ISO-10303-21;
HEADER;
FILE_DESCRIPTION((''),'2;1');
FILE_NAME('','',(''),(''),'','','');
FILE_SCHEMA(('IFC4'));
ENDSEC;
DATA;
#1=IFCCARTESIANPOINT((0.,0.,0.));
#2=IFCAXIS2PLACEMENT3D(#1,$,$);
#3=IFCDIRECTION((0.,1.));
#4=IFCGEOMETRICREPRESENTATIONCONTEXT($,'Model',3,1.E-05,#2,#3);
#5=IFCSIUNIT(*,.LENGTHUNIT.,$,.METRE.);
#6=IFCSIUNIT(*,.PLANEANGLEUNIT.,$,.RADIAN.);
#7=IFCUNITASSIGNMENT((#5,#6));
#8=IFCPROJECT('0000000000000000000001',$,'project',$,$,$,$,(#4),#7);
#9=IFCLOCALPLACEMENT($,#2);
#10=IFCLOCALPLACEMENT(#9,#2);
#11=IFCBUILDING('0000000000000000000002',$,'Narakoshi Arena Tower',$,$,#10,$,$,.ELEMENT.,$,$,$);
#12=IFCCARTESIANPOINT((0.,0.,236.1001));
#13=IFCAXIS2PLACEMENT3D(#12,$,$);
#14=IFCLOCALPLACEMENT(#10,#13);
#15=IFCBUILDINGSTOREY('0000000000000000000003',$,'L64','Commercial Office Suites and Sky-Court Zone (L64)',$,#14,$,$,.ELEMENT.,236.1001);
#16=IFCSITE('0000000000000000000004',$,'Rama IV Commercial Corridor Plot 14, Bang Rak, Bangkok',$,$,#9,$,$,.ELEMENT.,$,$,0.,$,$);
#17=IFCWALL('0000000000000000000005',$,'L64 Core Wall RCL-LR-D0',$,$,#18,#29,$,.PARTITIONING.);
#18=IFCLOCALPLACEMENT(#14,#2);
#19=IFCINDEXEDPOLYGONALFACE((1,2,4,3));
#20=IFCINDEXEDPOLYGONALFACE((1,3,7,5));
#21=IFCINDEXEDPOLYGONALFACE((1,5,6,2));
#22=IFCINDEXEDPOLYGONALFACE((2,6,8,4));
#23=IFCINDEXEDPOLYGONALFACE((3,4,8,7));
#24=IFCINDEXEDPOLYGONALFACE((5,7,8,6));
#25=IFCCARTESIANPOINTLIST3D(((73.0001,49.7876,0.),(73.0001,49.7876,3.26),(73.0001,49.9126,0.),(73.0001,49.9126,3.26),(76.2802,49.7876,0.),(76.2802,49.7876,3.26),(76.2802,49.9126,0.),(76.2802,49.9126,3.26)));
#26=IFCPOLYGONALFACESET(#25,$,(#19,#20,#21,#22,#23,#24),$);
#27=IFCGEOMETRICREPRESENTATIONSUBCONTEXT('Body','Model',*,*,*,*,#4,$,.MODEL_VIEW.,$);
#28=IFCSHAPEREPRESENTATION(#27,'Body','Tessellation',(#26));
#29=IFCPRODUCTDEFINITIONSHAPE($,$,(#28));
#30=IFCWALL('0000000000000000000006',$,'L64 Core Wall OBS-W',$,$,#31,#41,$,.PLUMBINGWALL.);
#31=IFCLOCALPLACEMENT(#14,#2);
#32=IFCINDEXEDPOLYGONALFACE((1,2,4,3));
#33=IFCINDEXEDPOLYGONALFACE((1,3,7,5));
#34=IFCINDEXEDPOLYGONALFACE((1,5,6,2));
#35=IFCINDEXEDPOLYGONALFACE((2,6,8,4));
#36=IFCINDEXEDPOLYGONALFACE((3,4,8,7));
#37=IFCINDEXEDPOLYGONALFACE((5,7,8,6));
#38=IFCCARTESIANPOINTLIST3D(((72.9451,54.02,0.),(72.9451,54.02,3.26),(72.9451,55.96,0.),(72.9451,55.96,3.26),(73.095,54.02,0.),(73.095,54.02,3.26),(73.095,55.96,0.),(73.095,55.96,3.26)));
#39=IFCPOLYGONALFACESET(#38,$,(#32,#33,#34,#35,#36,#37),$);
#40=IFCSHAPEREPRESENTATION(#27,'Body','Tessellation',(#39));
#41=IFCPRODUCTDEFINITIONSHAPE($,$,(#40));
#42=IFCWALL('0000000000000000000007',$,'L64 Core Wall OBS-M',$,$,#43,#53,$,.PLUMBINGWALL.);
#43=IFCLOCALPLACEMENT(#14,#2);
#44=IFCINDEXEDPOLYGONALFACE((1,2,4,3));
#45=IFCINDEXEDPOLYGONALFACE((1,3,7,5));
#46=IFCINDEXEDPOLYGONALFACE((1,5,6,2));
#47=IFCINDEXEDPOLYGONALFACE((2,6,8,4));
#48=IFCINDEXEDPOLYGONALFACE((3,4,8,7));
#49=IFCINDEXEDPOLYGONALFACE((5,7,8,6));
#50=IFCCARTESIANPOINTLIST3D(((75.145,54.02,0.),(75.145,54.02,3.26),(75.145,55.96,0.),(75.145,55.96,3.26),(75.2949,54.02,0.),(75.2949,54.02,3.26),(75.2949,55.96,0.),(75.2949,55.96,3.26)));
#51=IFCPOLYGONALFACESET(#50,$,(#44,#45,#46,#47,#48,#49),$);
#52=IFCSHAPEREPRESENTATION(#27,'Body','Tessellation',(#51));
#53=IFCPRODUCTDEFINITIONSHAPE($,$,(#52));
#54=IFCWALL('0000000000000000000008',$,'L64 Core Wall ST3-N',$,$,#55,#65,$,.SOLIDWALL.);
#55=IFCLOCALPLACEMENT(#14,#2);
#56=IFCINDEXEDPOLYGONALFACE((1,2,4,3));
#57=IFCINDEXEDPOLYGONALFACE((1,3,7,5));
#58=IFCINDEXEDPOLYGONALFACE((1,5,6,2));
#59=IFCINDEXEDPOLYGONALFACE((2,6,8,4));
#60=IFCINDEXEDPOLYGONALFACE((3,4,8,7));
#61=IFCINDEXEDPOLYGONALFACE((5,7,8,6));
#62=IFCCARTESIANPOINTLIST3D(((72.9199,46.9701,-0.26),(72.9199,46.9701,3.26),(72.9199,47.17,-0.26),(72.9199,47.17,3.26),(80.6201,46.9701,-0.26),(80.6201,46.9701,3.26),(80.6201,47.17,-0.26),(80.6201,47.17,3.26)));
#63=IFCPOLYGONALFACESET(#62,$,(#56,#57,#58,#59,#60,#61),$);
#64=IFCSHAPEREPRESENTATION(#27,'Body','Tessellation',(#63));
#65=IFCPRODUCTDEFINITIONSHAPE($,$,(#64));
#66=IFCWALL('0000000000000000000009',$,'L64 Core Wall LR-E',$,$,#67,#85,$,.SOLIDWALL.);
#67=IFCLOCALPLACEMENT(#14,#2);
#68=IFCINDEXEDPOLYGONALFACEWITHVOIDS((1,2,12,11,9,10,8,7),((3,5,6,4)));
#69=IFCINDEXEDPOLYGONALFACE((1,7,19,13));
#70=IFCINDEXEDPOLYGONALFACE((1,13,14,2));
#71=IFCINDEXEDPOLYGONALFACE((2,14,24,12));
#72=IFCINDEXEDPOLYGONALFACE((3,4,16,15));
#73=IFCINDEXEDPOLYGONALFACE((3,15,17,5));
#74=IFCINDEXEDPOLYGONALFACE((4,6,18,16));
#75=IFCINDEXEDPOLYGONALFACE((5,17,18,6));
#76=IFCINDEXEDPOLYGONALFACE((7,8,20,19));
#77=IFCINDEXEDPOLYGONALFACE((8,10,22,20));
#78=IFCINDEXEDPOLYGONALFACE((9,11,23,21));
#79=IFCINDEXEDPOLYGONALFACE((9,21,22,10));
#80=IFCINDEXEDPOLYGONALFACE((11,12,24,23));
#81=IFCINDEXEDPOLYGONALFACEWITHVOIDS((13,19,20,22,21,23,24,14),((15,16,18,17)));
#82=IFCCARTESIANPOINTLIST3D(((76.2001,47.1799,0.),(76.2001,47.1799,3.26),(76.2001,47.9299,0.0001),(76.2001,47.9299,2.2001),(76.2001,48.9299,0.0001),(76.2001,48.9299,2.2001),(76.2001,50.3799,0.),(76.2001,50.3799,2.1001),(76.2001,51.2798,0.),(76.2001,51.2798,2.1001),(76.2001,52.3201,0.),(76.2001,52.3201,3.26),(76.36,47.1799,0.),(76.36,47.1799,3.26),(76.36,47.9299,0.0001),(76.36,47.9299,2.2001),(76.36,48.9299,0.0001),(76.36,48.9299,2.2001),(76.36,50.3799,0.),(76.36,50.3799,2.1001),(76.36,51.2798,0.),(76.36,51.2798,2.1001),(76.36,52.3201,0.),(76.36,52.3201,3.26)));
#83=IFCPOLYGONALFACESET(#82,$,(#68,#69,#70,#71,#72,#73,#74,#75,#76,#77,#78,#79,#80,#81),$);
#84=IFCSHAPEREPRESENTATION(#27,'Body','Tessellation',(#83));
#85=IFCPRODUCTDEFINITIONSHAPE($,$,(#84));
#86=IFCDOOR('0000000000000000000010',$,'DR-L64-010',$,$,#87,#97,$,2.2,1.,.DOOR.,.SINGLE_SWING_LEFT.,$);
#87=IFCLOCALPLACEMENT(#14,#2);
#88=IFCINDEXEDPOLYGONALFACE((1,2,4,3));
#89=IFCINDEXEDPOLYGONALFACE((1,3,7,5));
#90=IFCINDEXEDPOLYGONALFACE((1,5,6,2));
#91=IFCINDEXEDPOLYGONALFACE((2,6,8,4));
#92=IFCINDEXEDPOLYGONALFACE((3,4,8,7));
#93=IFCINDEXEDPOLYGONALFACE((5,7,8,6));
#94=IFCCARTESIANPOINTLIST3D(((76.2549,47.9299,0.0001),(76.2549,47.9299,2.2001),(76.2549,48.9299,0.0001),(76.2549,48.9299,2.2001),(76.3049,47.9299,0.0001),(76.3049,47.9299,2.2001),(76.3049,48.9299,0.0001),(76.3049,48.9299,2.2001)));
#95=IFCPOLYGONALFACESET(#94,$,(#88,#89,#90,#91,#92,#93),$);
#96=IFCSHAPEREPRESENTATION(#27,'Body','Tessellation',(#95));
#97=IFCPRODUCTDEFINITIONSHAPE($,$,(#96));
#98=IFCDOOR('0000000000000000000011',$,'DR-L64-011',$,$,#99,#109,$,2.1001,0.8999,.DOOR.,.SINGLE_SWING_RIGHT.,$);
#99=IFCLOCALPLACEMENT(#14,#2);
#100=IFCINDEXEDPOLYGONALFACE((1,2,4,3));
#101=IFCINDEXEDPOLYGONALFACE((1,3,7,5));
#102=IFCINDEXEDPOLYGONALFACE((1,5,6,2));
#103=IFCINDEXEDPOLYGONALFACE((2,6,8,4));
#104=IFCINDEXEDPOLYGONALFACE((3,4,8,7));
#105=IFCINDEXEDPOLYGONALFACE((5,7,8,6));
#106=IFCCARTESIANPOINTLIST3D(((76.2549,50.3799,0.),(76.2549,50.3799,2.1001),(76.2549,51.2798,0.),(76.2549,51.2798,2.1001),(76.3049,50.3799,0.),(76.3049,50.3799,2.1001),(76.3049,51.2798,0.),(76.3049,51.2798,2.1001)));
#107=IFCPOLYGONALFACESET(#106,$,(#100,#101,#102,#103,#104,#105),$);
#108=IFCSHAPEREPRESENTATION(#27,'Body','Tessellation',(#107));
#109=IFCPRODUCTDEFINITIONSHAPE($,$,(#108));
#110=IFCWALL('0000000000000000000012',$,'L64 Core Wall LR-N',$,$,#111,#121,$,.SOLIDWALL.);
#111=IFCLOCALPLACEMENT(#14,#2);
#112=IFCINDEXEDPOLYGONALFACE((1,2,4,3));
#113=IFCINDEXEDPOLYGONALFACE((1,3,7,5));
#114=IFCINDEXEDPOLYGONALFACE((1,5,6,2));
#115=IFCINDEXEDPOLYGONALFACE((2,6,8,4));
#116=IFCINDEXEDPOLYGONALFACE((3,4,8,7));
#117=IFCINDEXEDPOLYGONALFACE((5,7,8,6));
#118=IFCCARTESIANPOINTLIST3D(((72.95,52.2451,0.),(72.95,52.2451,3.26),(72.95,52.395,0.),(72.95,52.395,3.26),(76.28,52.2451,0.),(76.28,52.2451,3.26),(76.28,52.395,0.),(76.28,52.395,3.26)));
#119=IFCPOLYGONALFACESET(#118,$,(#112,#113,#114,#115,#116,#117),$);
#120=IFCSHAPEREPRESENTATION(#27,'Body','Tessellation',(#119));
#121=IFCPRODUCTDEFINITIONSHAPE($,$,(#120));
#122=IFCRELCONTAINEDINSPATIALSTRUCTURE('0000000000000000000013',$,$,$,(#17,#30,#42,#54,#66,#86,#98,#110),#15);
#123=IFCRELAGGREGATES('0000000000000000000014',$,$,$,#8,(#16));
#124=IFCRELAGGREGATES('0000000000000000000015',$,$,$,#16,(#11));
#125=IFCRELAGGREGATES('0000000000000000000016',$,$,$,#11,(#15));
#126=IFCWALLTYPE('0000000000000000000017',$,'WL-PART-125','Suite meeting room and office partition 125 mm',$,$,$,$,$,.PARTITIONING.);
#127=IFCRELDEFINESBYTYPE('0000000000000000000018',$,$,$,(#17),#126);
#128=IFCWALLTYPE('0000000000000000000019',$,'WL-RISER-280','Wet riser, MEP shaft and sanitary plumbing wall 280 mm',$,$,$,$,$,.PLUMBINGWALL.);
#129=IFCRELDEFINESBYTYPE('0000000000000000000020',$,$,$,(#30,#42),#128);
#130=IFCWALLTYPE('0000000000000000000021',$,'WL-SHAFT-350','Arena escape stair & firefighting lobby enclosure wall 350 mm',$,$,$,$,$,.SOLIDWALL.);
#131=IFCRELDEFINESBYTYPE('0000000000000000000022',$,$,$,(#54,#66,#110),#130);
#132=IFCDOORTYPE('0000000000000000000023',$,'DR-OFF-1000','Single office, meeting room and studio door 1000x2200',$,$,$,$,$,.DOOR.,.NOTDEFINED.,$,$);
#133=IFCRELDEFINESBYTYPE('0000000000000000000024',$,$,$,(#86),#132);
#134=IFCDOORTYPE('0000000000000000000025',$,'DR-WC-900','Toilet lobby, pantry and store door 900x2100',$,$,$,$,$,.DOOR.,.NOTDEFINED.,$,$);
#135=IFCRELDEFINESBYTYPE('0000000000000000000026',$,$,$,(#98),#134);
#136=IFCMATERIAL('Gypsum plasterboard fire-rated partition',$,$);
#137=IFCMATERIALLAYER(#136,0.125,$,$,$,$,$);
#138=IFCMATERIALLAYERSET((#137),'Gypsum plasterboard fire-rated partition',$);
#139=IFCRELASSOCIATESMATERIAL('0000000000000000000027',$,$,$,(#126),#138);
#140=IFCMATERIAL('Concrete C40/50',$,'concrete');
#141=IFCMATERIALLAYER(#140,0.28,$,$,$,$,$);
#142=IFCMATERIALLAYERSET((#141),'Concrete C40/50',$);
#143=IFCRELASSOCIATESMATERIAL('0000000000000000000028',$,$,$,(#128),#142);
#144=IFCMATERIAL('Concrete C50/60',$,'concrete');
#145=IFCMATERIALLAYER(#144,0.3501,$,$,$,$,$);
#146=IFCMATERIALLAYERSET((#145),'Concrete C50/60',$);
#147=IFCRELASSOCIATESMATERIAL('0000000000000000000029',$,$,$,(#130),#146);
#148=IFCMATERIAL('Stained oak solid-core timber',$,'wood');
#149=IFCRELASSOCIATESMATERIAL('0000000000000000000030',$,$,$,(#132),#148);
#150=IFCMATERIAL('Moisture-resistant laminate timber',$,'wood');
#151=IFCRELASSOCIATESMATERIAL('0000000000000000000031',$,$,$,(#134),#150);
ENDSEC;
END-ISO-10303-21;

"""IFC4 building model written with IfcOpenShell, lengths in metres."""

from ifc_helpers import new_model, si_unit, direction, frame, frame_2d, origin, place, context, subcontext, project, spatial, rectangle, extrude, material, layer, layer_set, type_object, element, fill, save


model = new_model("IFC4")

# Units and contexts
model_context = context("Model", 3, precision=1e-05, world=origin(), true_north=direction((0.0, 1.0)))
body_context = subcontext(model_context, "Body", "Model", "MODEL_VIEW")
ifc_project = project(units=[si_unit("LENGTHUNIT", "METRE"), si_unit("PLANEANGLEUNIT", "RADIAN")], contexts=[model_context])

# Site, building, storey
site_placement = place(None, origin())
site = spatial("IfcSite", under=ifc_project, at=site_placement, Name="Rama IV Commercial Corridor Plot 14, Bang Rak, Bangkok", CompositionType="ELEMENT", RefElevation=0.0)
building_placement = place(site_placement, origin())
building = spatial("IfcBuilding", under=site, at=building_placement, Name="Narakoshi Arena Tower", CompositionType="ELEMENT")
storey_placement = place(building_placement, frame((0.0, 0.0, 236.1001)))
storey = spatial("IfcBuildingStorey", under=building, at=storey_placement, Name="L64", Description="Commercial Office Suites and Sky-Court Zone (L64)", CompositionType="ELEMENT", Elevation=236.1001)

# Walls
ifc_material_1 = material(Name="Gypsum plasterboard fire-rated partition")
ifc_layer_1 = layer(ifc_material_1, 0.125)
ifc_layer_set_1 = layer_set([ifc_layer_1], Name="Gypsum plasterboard fire-rated partition")
wall_type_1 = type_object("IfcWallType", Name="WL-PART-125", Description="Suite meeting room and office partition 125 mm", PredefinedType="PARTITIONING", material=ifc_layer_set_1)
wall_1_placement = place(storey_placement, frame((73.0, 49.8501, 0.0), z_axis=(0.0, 0.0, 1.0), x_axis=(1.0, 0.0, 0.0)))
element("IfcWall", 1, at=wall_1_placement, inside=storey, type_object=wall_type_1, Name="L64 Core Wall RCL-LR-D0", PredefinedType="PARTITIONING", context=body_context, shape_type="SweptSolid", body=[
    extrude(rectangle(XDim=3.28, YDim=0.125, at=frame_2d((1.6401, 0.0))), origin(), (0.0, 0.0, 1.0), 3.26),
])
ifc_material_2 = material(Name="Concrete C40/50", Category="concrete")
ifc_layer_2 = layer(ifc_material_2, 0.28)
ifc_layer_set_2 = layer_set([ifc_layer_2], Name="Concrete C40/50")
wall_type_2 = type_object("IfcWallType", Name="WL-RISER-280", Description="Wet riser, MEP shaft and sanitary plumbing wall 280 mm", PredefinedType="PLUMBINGWALL", material=ifc_layer_set_2)
for number, where, z_axis, x_axis, name in (
    (2, (73.02, 54.02, 0.0), (0.0, 0.0, 1.0), (0.0, 1.0, 0.0), "L64 Core Wall OBS-W"),
    (3, (75.22, 54.02, 0.0), (0.0, 0.0, 1.0), (0.0, 1.0, 0.0), "L64 Core Wall OBS-M"),
):
    element("IfcWall", number, at=place(storey_placement, frame(where, z_axis=z_axis, x_axis=x_axis)), inside=storey, type_object=wall_type_2, Name=name, PredefinedType="PLUMBINGWALL", context=body_context, shape_type="SweptSolid", body=[
        extrude(rectangle(XDim=1.9399, YDim=0.1499, at=frame_2d((0.97, 0.0))), origin(), (0.0, 0.0, 1.0), 3.26),
    ])
ifc_material_3 = material(Name="Concrete C50/60", Category="concrete")
ifc_layer_3 = layer(ifc_material_3, 0.3501)
ifc_layer_set_3 = layer_set([ifc_layer_3], Name="Concrete C50/60")
wall_type_3 = type_object("IfcWallType", Name="WL-SHAFT-350", Description="Arena escape stair & firefighting lobby enclosure wall 350 mm", PredefinedType="SOLIDWALL", material=ifc_layer_set_3)
wall_2_placement = place(storey_placement, frame((72.9199, 47.0701, -0.26), z_axis=(0.0, 0.0, 1.0), x_axis=(1.0, 0.0, 0.0)))
element("IfcWall", 4, at=wall_2_placement, inside=storey, type_object=wall_type_3, Name="L64 Core Wall ST3-N", PredefinedType="SOLIDWALL", context=body_context, shape_type="SweptSolid", body=[
    extrude(rectangle(XDim=7.7002, YDim=0.2, at=frame_2d((3.8501, 0.0))), origin(), (0.0, 0.0, 1.0), 3.52),
])

# Wall, openings, doors
wall_3_placement = place(storey_placement, frame((76.28, 47.1799, 0.0), z_axis=(0.0, 0.0, 1.0), x_axis=(0.0, 1.0, 0.0)))
wall_3 = element("IfcWall", 5, at=wall_3_placement, inside=storey, type_object=wall_type_3, Name="L64 Core Wall LR-E", PredefinedType="SOLIDWALL", context=body_context, shape_type="SweptSolid", body=[
    extrude(rectangle(XDim=5.1401, YDim=0.1599, at=frame_2d((2.5701, 0.0))), origin(), (0.0, 0.0, 1.0), 3.26),
])
opening_1_placement = place(wall_3_placement, frame((0.75, 0.0, 0.0)))
opening_1 = element("IfcOpeningElement", 6, at=opening_1_placement, cuts=wall_3, PredefinedType="OPENING", context=body_context, shape_type="SweptSolid", body=[
    extrude(rectangle(XDim=1.0, YDim=2.2, at=frame_2d((0.5, 1.1001))), frame((0.0, 0.0898, 0.0), z_axis=(0.0, -1.0, 0.0), x_axis=(1.0, 0.0, 0.0)), (0.0, 0.0, 1.0), 0.1799),
])
opening_2_placement = place(wall_3_placement, frame((3.2, 0.0, 0.0)))
opening_2 = element("IfcOpeningElement", 7, at=opening_2_placement, cuts=wall_3, PredefinedType="OPENING", context=body_context, shape_type="SweptSolid", body=[
    extrude(rectangle(XDim=0.8999, YDim=2.1001, at=frame_2d((0.45, 1.05))), frame((0.0, 0.0898, 0.0), z_axis=(0.0, -1.0, 0.0), x_axis=(1.0, 0.0, 0.0)), (0.0, 0.0, 1.0), 0.1799),
])
ifc_material_4 = material(Name="Stained oak solid-core timber", Category="wood")
door_type_1 = type_object("IfcDoorType", Name="DR-OFF-1000", Description="Single office, meeting room and studio door 1000x2200", OperationType="NOTDEFINED", PredefinedType="DOOR", material=ifc_material_4)
door_1_placement = place(opening_1_placement, frame((1.0, 0.0, 0.0), z_axis=(0.0, 0.0, 1.0), x_axis=(-1.0, 0.0, 0.0)))
door_1 = element("IfcDoor", 8, at=door_1_placement, inside=storey, type_object=door_type_1, Name="DR-L64-010", OperationType="SINGLE_SWING_LEFT", OverallHeight=2.2, OverallWidth=1.0, PredefinedType="DOOR", context=body_context, shape_type="SweptSolid", body=[
    extrude(rectangle(XDim=1.0, YDim=2.2, at=frame_2d((0.5, 1.1001))), frame((0.0, 0.0249, 0.0), z_axis=(0.0, -1.0, 0.0), x_axis=(1.0, 0.0, 0.0)), (0.0, 0.0, 1.0), 0.05),
])
fill(opening_1, door_1)
ifc_material_5 = material(Name="Moisture-resistant laminate timber", Category="wood")
door_type_2 = type_object("IfcDoorType", Name="DR-WC-900", Description="Toilet lobby, pantry and store door 900x2100", OperationType="NOTDEFINED", PredefinedType="DOOR", material=ifc_material_5)
door_2_placement = place(opening_2_placement, frame((0.8999, 0.0, 0.0), z_axis=(0.0, 0.0, 1.0), x_axis=(-1.0, 0.0, 0.0)))
door_2 = element("IfcDoor", 9, at=door_2_placement, inside=storey, type_object=door_type_2, Name="DR-L64-011", OperationType="SINGLE_SWING_RIGHT", OverallHeight=2.1001, OverallWidth=0.8999, PredefinedType="DOOR", context=body_context, shape_type="SweptSolid", body=[
    extrude(rectangle(XDim=0.8999, YDim=2.1001, at=frame_2d((0.45, 1.05))), frame((0.0, 0.0249, 0.0), z_axis=(0.0, -1.0, 0.0), x_axis=(1.0, 0.0, 0.0)), (0.0, 0.0, 1.0), 0.05),
])
fill(opening_2, door_2)

# Wall
wall_4_placement = place(storey_placement, frame((72.95, 52.3201, 0.0), z_axis=(0.0, 0.0, 1.0), x_axis=(1.0, 0.0, 0.0)))
element("IfcWall", 10, at=wall_4_placement, inside=storey, type_object=wall_type_3, Name="L64 Core Wall LR-N", PredefinedType="SOLIDWALL", context=body_context, shape_type="SweptSolid", body=[
    extrude(rectangle(XDim=3.3301, YDim=0.1499, at=frame_2d((1.665, 0.0))), origin(), (0.0, 0.0, 1.0), 3.26),
])

save(model, "model.ifc")
